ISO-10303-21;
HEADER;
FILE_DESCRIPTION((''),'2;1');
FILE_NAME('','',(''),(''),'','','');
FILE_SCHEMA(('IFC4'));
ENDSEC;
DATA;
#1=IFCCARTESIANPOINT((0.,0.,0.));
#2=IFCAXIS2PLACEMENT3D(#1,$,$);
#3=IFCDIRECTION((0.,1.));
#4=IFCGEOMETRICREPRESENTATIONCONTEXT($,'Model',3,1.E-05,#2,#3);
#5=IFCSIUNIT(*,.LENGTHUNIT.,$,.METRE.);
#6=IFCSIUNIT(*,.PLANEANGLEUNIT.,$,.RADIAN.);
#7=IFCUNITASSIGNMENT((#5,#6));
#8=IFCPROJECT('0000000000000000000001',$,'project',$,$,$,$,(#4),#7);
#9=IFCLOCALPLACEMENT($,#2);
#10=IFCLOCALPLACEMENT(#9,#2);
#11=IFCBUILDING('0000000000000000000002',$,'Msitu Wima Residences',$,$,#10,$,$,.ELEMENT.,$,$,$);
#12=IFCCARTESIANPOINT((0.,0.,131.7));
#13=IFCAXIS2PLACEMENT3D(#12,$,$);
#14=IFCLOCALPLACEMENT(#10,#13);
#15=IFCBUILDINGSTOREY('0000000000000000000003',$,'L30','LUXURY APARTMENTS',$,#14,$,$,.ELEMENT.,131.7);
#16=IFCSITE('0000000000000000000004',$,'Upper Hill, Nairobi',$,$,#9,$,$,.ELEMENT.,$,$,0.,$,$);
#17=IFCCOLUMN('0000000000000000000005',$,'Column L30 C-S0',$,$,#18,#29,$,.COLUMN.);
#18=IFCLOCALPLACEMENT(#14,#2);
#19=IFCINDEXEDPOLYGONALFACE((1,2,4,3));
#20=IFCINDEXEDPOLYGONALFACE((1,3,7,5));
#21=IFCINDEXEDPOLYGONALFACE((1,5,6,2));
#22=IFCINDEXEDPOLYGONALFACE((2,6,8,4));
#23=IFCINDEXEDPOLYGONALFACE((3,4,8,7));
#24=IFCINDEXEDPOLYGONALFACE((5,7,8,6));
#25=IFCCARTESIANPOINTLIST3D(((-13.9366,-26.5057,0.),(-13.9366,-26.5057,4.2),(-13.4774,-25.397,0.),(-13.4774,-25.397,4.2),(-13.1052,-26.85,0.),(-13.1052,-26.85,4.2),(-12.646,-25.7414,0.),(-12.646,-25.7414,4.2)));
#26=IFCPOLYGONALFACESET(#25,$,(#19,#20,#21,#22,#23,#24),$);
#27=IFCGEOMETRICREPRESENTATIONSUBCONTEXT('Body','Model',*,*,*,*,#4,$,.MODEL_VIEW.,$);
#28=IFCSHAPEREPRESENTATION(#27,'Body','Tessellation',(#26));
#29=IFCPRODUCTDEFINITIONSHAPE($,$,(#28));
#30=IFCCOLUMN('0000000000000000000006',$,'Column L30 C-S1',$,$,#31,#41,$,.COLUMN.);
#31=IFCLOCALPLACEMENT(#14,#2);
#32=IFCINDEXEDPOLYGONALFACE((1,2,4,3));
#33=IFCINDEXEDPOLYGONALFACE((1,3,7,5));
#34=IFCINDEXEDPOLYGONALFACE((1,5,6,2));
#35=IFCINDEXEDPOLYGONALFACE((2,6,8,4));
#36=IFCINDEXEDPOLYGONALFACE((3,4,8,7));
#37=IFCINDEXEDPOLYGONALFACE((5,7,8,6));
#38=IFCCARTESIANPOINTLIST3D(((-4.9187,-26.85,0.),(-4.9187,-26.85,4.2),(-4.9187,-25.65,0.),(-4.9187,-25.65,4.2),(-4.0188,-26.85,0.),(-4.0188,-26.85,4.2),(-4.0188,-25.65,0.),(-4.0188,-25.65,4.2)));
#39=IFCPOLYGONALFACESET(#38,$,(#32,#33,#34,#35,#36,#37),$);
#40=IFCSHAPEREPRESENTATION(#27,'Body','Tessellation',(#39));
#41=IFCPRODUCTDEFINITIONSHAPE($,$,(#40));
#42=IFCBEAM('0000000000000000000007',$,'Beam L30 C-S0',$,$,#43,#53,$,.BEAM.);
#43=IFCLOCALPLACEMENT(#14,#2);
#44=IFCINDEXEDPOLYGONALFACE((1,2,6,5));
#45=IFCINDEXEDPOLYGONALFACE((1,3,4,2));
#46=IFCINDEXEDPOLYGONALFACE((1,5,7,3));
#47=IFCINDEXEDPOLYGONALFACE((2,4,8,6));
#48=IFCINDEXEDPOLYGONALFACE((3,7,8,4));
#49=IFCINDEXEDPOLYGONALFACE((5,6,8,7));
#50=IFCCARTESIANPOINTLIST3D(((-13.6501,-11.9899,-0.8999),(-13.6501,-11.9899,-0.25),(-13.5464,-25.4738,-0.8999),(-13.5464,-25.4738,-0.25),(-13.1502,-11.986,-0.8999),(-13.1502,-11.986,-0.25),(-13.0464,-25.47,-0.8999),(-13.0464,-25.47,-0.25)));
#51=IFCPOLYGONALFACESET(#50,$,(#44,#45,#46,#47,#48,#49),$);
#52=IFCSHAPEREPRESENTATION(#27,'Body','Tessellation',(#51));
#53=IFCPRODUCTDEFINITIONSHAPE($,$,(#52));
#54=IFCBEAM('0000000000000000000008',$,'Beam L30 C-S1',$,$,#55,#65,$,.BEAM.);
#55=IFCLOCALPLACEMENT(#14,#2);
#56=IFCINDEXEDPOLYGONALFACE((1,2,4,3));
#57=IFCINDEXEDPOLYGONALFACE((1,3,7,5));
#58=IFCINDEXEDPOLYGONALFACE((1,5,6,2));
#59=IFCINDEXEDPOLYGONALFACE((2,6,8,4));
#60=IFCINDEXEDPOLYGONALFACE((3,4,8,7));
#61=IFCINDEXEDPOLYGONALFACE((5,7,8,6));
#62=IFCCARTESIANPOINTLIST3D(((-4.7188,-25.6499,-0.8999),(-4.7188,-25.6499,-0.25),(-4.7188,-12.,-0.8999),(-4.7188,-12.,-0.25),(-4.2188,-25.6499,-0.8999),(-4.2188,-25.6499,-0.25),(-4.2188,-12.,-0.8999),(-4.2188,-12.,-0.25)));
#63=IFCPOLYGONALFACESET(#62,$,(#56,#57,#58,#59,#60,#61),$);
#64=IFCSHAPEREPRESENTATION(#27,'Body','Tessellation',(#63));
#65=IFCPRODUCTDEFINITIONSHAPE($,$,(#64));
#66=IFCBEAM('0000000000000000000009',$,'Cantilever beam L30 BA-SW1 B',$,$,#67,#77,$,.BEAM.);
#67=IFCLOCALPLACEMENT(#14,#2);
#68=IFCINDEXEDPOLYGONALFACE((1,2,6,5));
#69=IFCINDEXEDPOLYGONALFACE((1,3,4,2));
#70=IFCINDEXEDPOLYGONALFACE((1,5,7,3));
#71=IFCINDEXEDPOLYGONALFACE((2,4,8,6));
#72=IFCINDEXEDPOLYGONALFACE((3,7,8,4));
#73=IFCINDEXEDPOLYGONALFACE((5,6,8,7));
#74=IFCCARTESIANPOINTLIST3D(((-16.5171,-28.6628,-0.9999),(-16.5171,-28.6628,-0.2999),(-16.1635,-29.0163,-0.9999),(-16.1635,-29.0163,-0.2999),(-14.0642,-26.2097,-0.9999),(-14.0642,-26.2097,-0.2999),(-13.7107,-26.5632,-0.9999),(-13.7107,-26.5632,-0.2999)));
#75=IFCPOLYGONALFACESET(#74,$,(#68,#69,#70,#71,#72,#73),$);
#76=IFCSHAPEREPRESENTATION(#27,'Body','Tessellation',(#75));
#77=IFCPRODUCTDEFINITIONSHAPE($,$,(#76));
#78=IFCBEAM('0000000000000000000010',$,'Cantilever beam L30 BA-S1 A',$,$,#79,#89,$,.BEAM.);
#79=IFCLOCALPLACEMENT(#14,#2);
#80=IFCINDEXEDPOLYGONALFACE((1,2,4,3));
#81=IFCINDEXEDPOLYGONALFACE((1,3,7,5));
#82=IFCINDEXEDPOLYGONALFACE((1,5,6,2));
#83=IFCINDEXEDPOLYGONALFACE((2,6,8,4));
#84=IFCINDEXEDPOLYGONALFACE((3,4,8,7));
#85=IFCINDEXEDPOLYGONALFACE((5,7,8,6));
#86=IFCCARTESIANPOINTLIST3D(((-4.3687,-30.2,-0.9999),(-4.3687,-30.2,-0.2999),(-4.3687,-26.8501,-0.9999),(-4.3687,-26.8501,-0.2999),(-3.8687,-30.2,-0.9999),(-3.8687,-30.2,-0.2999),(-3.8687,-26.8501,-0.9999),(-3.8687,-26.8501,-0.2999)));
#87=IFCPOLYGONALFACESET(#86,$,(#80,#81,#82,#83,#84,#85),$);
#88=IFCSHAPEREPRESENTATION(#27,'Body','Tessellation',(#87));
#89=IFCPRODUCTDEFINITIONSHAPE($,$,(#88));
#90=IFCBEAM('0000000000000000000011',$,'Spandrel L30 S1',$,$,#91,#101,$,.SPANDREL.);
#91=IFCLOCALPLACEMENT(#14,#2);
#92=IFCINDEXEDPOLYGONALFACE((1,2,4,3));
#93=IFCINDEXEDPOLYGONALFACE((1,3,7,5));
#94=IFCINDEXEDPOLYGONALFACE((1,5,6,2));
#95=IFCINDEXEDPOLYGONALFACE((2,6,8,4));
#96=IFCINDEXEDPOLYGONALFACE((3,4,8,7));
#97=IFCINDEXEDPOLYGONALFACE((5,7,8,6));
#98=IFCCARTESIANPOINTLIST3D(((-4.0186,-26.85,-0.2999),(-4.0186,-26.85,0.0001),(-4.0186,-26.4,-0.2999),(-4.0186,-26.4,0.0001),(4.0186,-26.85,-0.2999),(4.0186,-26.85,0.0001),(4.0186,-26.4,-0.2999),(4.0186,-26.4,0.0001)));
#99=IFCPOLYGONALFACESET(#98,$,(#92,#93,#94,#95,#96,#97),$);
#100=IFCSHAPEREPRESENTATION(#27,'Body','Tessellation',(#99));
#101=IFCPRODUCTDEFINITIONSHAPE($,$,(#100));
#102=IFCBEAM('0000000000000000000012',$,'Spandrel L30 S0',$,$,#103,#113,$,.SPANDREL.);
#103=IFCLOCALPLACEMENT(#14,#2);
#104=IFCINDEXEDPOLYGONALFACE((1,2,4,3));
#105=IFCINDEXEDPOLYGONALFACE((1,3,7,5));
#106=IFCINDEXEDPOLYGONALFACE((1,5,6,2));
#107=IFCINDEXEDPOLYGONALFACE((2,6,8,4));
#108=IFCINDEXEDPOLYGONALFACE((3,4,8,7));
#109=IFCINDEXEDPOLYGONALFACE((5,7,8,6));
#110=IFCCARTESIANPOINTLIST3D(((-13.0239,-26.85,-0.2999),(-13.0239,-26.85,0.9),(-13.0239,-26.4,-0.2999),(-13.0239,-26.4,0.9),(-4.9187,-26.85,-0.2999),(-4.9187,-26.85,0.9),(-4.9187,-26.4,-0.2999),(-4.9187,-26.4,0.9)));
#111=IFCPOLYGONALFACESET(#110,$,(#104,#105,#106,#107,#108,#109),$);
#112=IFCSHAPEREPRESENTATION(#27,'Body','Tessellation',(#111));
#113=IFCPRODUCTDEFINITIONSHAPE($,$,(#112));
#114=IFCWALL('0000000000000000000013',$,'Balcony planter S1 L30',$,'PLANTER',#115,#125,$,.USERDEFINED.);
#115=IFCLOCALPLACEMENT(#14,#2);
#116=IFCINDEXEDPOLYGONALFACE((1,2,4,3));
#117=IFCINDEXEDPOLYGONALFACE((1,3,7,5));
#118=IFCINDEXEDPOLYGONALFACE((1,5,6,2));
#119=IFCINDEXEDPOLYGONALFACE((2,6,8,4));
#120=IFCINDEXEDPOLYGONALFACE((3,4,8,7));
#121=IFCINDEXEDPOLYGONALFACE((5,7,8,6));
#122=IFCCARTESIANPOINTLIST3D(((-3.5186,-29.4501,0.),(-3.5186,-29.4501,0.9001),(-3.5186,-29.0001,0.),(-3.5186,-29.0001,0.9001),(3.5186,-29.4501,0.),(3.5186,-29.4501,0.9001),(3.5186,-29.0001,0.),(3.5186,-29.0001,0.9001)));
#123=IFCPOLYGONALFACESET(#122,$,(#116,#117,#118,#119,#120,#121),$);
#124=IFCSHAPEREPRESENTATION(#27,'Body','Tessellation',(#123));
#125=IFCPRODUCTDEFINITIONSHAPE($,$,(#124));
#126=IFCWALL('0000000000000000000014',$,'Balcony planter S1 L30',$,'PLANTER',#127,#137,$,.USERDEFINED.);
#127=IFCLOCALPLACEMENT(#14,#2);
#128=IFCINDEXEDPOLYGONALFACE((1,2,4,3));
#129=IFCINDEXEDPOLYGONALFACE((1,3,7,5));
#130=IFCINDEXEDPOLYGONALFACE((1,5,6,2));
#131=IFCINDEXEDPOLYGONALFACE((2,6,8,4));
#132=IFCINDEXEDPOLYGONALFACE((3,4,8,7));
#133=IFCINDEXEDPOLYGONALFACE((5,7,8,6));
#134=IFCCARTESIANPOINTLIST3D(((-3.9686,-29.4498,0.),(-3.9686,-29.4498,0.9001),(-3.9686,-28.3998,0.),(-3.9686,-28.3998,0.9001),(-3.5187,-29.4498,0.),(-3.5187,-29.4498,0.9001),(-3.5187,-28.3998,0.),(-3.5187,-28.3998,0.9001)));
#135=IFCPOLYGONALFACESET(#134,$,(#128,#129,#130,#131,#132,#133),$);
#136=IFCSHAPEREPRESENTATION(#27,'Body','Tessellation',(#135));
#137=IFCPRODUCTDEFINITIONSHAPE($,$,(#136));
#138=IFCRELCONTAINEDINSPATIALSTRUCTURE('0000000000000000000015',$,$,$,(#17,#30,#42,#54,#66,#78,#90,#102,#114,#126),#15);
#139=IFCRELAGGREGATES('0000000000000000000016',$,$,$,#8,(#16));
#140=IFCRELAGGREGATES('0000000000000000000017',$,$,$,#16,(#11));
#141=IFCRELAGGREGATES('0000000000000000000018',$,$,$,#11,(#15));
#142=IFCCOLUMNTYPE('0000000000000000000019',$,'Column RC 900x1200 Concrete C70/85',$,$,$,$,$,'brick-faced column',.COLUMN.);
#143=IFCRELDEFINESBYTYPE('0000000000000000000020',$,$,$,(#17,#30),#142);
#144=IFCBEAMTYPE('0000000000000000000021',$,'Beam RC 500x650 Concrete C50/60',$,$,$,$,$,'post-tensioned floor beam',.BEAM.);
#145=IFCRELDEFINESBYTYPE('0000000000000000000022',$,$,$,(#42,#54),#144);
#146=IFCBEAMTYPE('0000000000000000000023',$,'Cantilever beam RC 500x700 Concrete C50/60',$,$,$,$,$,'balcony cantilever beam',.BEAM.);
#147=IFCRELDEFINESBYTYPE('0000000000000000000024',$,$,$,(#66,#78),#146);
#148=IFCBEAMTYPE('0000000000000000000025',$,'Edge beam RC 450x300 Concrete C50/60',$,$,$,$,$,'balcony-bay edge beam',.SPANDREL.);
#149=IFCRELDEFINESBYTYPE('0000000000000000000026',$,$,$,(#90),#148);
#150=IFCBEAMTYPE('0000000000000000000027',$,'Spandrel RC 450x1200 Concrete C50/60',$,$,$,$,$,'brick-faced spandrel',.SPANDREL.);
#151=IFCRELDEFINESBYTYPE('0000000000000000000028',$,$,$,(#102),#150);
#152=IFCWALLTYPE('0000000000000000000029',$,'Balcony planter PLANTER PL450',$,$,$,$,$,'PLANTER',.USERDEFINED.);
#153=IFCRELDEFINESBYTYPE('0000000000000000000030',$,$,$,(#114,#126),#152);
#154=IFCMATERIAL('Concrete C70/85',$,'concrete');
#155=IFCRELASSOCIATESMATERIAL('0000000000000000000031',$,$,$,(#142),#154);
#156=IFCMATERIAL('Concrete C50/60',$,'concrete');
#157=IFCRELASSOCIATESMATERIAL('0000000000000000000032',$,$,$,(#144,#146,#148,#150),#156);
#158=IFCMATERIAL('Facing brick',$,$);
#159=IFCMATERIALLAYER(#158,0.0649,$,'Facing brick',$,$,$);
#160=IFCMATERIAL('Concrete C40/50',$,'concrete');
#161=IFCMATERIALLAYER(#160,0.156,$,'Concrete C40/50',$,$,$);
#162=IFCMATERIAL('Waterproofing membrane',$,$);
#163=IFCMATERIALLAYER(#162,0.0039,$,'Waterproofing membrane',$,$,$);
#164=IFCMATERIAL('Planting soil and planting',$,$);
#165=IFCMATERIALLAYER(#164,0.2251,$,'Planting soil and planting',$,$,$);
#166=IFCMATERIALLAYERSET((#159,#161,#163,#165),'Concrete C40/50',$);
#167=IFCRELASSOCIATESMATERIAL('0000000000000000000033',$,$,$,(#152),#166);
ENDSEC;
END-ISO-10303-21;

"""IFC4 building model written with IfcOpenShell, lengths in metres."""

from ifc_helpers import new_model, si_unit, direction, frame, frame_2d, origin, origin_2d, place, context, subcontext, project, spatial, rectangle, extrude, material, layer, layer_set, material_profile, profile_set, type_object, element, save


model = new_model("IFC4")

# Units and contexts
model_context = context("Model", 3, precision=1e-05, world=origin(), true_north=direction((0.0, 1.0)))
body_context = subcontext(model_context, "Body", "Model", "MODEL_VIEW")
ifc_project = project(units=[si_unit("LENGTHUNIT", "METRE"), si_unit("PLANEANGLEUNIT", "RADIAN")], contexts=[model_context])

# Site, building, storey
site_placement = place(None, origin())
site = spatial("IfcSite", under=ifc_project, at=site_placement, Name="Upper Hill, Nairobi", CompositionType="ELEMENT", RefElevation=0.0)
building_placement = place(site_placement, origin())
building = spatial("IfcBuilding", under=site, at=building_placement, Name="Msitu Wima Residences", CompositionType="ELEMENT")
storey_placement = place(building_placement, frame((0.0, 0.0, 131.7)))
storey = spatial("IfcBuildingStorey", under=building, at=storey_placement, Name="L30", Description="LUXURY APARTMENTS", CompositionType="ELEMENT", Elevation=131.7)

# Columns
ifc_material_1 = material(Name="Concrete C70/85", Category="concrete")
ifc_material_profile_1 = material_profile(ifc_material_1, rectangle(XDim=0.8999, YDim=1.2, at=origin_2d()), Name="RC 900x1200")
ifc_profile_set_1 = profile_set([ifc_material_profile_1], Name="Concrete C70/85")
column_type = type_object("IfcColumnType", Name="Column RC 900x1200 Concrete C70/85", ElementType="brick-faced column", PredefinedType="COLUMN", material=ifc_profile_set_1)
for number, where, z_axis, x_axis, name in (
    (1, (-13.2913, -26.1235, 0.0), (0.0, 0.0, 1.0), (0.92388, -0.382683, 0.0), "Column L30 C-S0"),
    (2, (-4.4688, -26.25, 0.0), (0.0, 0.0, 1.0), (1.0, 0.0, 0.0), "Column L30 C-S1"),
):
    element("IfcColumn", number, at=place(storey_placement, frame(where, z_axis=z_axis, x_axis=x_axis)), inside=storey, type_object=column_type, Name=name, PredefinedType="COLUMN", context=body_context, shape_type="SweptSolid", body=[
        extrude(rectangle(XDim=0.8999, YDim=1.2, at=origin_2d()), origin(), (0.0, 0.0, 1.0), 4.2),
    ])

# Beams
ifc_material_2 = material(Name="Concrete C50/60", Category="concrete")
ifc_material_profile_2 = material_profile(ifc_material_2, rectangle(XDim=0.5, YDim=0.6499, at=origin_2d()), Name="RC 500x650")
ifc_profile_set_2 = profile_set([ifc_material_profile_2], Name="Concrete C50/60")
beam_type_1 = type_object("IfcBeamType", Name="Beam RC 500x650 Concrete C50/60", ElementType="post-tensioned floor beam", PredefinedType="BEAM", material=ifc_profile_set_2)
beam_1_placement = place(storey_placement, frame((-13.2964, -25.4719, -0.575), z_axis=(-0.007695, 0.99997, 0.0), x_axis=(-0.99997, -0.007695, 0.0)))
element("IfcBeam", 3, at=beam_1_placement, inside=storey, type_object=beam_type_1, Name="Beam L30 C-S0", PredefinedType="BEAM", context=body_context, shape_type="SweptSolid", body=[
    extrude(rectangle(XDim=0.5, YDim=0.6499, at=origin_2d()), origin(), (0.0, 0.0, 1.0), 13.4844),
])
beam_2_placement = place(storey_placement, frame((-4.4688, -25.6499, -0.575), z_axis=(0.0, 1.0, 0.0), x_axis=(-1.0, 0.0, 0.0)))
element("IfcBeam", 4, at=beam_2_placement, inside=storey, type_object=beam_type_1, Name="Beam L30 C-S1", PredefinedType="BEAM", context=body_context, shape_type="SweptSolid", body=[
    extrude(rectangle(XDim=0.5, YDim=0.6499, at=origin_2d()), origin(), (0.0, 0.0, 1.0), 13.6499),
])
ifc_material_profile_3 = material_profile(ifc_material_2, rectangle(XDim=0.5, YDim=0.7, at=origin_2d()), Name="RC 500x700")
ifc_profile_set_3 = profile_set([ifc_material_profile_3], Name="Concrete C50/60")
beam_type_2 = type_object("IfcBeamType", Name="Cantilever beam RC 500x700 Concrete C50/60", ElementType="balcony cantilever beam", PredefinedType="BEAM", material=ifc_profile_set_3)
beam_3_placement = place(storey_placement, frame((-13.8875, -26.3865, -0.6499), z_axis=(-0.707072, -0.707142, 0.0), x_axis=(0.707142, -0.707072, 0.0)))
element("IfcBeam", 5, at=beam_3_placement, inside=storey, type_object=beam_type_2, Name="Cantilever beam L30 BA-SW1 B", PredefinedType="BEAM", context=body_context, shape_type="SweptSolid", body=[
    extrude(rectangle(XDim=0.5, YDim=0.7, at=origin_2d()), origin(), (0.0, 0.0, 1.0), 3.469),
])
beam_4_placement = place(storey_placement, frame((-4.1187, -26.8501, -0.6499), z_axis=(0.0, -1.0, 0.0), x_axis=(1.0, 0.0, 0.0)))
element("IfcBeam", 6, at=beam_4_placement, inside=storey, type_object=beam_type_2, Name="Cantilever beam L30 BA-S1 A", PredefinedType="BEAM", context=body_context, shape_type="SweptSolid", body=[
    extrude(rectangle(XDim=0.5, YDim=0.7, at=origin_2d()), origin(), (0.0, 0.0, 1.0), 3.3499),
])
ifc_material_profile_4 = material_profile(ifc_material_2, rectangle(XDim=0.45, YDim=0.3, at=origin_2d()), Name="RC 450x300")
ifc_profile_set_4 = profile_set([ifc_material_profile_4], Name="Concrete C50/60")
beam_type_3 = type_object("IfcBeamType", Name="Edge beam RC 450x300 Concrete C50/60", ElementType="balcony-bay edge beam", PredefinedType="SPANDREL", material=ifc_profile_set_4)
beam_5_placement = place(storey_placement, frame((-4.0186, -26.625, -0.1499), z_axis=(1.0, 0.0, 0.0), x_axis=(0.0, 1.0, 0.0)))
element("IfcBeam", 7, at=beam_5_placement, inside=storey, type_object=beam_type_3, Name="Spandrel L30 S1", PredefinedType="SPANDREL", context=body_context, shape_type="SweptSolid", body=[
    extrude(rectangle(XDim=0.45, YDim=0.3, at=origin_2d()), origin(), (0.0, 0.0, 1.0), 8.0371),
])
ifc_material_profile_5 = material_profile(ifc_material_2, rectangle(XDim=0.45, YDim=1.2, at=origin_2d()), Name="RC 450x1200")
ifc_profile_set_5 = profile_set([ifc_material_profile_5], Name="Concrete C50/60")
beam_type_4 = type_object("IfcBeamType", Name="Spandrel RC 450x1200 Concrete C50/60", ElementType="brick-faced spandrel", PredefinedType="SPANDREL", material=ifc_profile_set_5)
beam_6_placement = place(storey_placement, frame((-13.0239, -26.625, 0.3), z_axis=(1.0, 0.0, 0.0), x_axis=(0.0, 1.0, 0.0)))
element("IfcBeam", 8, at=beam_6_placement, inside=storey, type_object=beam_type_4, Name="Spandrel L30 S0", PredefinedType="SPANDREL", context=body_context, shape_type="SweptSolid", body=[
    extrude(rectangle(XDim=0.45, YDim=1.2, at=origin_2d()), origin(), (0.0, 0.0, 1.0), 8.1052),
])

# Walls
ifc_material_3 = material(Name="Facing brick")
ifc_layer_1 = layer(ifc_material_3, 0.0649, Name="Facing brick")
ifc_material_4 = material(Name="Concrete C40/50", Category="concrete")
ifc_layer_2 = layer(ifc_material_4, 0.156, Name="Concrete C40/50")
ifc_material_5 = material(Name="Waterproofing membrane")
ifc_layer_3 = layer(ifc_material_5, 0.0039, Name="Waterproofing membrane")
ifc_material_6 = material(Name="Planting soil and planting")
ifc_layer_4 = layer(ifc_material_6, 0.2251, Name="Planting soil and planting")
ifc_layer_set_1 = layer_set([ifc_layer_1, ifc_layer_2, ifc_layer_3, ifc_layer_4], Name="Concrete C40/50")
wall_type_1 = type_object("IfcWallType", Name="Balcony planter PLANTER PL450", ElementType="PLANTER", PredefinedType="USERDEFINED", material=ifc_layer_set_1)
wall_1_placement = place(storey_placement, frame((-3.5186, -29.2251, 0.0), z_axis=(0.0, 0.0, 1.0), x_axis=(1.0, 0.0, 0.0)))
element("IfcWall", 9, at=wall_1_placement, inside=storey, type_object=wall_type_1, Name="Balcony planter S1 L30", ObjectType="PLANTER", PredefinedType="USERDEFINED", context=body_context, shape_type="SweptSolid", body=[
    extrude(rectangle(XDim=7.0371, YDim=0.45, at=frame_2d((3.5186, 0.0))), origin(), (0.0, 0.0, 1.0), 0.9001),
])
wall_2_placement = place(storey_placement, frame((-3.7437, -28.3999, 0.0), z_axis=(0.0, 0.0, 1.0), x_axis=(0.0, -1.0, 0.0)))
element("IfcWall", 10, at=wall_2_placement, inside=storey, type_object=wall_type_1, Name="Balcony planter S1 L30", ObjectType="PLANTER", PredefinedType="USERDEFINED", context=body_context, shape_type="SweptSolid", body=[
    extrude(rectangle(XDim=1.05, YDim=0.45, at=frame_2d((0.5249, 0.0))), origin(), (0.0, 0.0, 1.0), 0.9001),
])

save(model, "model.ifc")
